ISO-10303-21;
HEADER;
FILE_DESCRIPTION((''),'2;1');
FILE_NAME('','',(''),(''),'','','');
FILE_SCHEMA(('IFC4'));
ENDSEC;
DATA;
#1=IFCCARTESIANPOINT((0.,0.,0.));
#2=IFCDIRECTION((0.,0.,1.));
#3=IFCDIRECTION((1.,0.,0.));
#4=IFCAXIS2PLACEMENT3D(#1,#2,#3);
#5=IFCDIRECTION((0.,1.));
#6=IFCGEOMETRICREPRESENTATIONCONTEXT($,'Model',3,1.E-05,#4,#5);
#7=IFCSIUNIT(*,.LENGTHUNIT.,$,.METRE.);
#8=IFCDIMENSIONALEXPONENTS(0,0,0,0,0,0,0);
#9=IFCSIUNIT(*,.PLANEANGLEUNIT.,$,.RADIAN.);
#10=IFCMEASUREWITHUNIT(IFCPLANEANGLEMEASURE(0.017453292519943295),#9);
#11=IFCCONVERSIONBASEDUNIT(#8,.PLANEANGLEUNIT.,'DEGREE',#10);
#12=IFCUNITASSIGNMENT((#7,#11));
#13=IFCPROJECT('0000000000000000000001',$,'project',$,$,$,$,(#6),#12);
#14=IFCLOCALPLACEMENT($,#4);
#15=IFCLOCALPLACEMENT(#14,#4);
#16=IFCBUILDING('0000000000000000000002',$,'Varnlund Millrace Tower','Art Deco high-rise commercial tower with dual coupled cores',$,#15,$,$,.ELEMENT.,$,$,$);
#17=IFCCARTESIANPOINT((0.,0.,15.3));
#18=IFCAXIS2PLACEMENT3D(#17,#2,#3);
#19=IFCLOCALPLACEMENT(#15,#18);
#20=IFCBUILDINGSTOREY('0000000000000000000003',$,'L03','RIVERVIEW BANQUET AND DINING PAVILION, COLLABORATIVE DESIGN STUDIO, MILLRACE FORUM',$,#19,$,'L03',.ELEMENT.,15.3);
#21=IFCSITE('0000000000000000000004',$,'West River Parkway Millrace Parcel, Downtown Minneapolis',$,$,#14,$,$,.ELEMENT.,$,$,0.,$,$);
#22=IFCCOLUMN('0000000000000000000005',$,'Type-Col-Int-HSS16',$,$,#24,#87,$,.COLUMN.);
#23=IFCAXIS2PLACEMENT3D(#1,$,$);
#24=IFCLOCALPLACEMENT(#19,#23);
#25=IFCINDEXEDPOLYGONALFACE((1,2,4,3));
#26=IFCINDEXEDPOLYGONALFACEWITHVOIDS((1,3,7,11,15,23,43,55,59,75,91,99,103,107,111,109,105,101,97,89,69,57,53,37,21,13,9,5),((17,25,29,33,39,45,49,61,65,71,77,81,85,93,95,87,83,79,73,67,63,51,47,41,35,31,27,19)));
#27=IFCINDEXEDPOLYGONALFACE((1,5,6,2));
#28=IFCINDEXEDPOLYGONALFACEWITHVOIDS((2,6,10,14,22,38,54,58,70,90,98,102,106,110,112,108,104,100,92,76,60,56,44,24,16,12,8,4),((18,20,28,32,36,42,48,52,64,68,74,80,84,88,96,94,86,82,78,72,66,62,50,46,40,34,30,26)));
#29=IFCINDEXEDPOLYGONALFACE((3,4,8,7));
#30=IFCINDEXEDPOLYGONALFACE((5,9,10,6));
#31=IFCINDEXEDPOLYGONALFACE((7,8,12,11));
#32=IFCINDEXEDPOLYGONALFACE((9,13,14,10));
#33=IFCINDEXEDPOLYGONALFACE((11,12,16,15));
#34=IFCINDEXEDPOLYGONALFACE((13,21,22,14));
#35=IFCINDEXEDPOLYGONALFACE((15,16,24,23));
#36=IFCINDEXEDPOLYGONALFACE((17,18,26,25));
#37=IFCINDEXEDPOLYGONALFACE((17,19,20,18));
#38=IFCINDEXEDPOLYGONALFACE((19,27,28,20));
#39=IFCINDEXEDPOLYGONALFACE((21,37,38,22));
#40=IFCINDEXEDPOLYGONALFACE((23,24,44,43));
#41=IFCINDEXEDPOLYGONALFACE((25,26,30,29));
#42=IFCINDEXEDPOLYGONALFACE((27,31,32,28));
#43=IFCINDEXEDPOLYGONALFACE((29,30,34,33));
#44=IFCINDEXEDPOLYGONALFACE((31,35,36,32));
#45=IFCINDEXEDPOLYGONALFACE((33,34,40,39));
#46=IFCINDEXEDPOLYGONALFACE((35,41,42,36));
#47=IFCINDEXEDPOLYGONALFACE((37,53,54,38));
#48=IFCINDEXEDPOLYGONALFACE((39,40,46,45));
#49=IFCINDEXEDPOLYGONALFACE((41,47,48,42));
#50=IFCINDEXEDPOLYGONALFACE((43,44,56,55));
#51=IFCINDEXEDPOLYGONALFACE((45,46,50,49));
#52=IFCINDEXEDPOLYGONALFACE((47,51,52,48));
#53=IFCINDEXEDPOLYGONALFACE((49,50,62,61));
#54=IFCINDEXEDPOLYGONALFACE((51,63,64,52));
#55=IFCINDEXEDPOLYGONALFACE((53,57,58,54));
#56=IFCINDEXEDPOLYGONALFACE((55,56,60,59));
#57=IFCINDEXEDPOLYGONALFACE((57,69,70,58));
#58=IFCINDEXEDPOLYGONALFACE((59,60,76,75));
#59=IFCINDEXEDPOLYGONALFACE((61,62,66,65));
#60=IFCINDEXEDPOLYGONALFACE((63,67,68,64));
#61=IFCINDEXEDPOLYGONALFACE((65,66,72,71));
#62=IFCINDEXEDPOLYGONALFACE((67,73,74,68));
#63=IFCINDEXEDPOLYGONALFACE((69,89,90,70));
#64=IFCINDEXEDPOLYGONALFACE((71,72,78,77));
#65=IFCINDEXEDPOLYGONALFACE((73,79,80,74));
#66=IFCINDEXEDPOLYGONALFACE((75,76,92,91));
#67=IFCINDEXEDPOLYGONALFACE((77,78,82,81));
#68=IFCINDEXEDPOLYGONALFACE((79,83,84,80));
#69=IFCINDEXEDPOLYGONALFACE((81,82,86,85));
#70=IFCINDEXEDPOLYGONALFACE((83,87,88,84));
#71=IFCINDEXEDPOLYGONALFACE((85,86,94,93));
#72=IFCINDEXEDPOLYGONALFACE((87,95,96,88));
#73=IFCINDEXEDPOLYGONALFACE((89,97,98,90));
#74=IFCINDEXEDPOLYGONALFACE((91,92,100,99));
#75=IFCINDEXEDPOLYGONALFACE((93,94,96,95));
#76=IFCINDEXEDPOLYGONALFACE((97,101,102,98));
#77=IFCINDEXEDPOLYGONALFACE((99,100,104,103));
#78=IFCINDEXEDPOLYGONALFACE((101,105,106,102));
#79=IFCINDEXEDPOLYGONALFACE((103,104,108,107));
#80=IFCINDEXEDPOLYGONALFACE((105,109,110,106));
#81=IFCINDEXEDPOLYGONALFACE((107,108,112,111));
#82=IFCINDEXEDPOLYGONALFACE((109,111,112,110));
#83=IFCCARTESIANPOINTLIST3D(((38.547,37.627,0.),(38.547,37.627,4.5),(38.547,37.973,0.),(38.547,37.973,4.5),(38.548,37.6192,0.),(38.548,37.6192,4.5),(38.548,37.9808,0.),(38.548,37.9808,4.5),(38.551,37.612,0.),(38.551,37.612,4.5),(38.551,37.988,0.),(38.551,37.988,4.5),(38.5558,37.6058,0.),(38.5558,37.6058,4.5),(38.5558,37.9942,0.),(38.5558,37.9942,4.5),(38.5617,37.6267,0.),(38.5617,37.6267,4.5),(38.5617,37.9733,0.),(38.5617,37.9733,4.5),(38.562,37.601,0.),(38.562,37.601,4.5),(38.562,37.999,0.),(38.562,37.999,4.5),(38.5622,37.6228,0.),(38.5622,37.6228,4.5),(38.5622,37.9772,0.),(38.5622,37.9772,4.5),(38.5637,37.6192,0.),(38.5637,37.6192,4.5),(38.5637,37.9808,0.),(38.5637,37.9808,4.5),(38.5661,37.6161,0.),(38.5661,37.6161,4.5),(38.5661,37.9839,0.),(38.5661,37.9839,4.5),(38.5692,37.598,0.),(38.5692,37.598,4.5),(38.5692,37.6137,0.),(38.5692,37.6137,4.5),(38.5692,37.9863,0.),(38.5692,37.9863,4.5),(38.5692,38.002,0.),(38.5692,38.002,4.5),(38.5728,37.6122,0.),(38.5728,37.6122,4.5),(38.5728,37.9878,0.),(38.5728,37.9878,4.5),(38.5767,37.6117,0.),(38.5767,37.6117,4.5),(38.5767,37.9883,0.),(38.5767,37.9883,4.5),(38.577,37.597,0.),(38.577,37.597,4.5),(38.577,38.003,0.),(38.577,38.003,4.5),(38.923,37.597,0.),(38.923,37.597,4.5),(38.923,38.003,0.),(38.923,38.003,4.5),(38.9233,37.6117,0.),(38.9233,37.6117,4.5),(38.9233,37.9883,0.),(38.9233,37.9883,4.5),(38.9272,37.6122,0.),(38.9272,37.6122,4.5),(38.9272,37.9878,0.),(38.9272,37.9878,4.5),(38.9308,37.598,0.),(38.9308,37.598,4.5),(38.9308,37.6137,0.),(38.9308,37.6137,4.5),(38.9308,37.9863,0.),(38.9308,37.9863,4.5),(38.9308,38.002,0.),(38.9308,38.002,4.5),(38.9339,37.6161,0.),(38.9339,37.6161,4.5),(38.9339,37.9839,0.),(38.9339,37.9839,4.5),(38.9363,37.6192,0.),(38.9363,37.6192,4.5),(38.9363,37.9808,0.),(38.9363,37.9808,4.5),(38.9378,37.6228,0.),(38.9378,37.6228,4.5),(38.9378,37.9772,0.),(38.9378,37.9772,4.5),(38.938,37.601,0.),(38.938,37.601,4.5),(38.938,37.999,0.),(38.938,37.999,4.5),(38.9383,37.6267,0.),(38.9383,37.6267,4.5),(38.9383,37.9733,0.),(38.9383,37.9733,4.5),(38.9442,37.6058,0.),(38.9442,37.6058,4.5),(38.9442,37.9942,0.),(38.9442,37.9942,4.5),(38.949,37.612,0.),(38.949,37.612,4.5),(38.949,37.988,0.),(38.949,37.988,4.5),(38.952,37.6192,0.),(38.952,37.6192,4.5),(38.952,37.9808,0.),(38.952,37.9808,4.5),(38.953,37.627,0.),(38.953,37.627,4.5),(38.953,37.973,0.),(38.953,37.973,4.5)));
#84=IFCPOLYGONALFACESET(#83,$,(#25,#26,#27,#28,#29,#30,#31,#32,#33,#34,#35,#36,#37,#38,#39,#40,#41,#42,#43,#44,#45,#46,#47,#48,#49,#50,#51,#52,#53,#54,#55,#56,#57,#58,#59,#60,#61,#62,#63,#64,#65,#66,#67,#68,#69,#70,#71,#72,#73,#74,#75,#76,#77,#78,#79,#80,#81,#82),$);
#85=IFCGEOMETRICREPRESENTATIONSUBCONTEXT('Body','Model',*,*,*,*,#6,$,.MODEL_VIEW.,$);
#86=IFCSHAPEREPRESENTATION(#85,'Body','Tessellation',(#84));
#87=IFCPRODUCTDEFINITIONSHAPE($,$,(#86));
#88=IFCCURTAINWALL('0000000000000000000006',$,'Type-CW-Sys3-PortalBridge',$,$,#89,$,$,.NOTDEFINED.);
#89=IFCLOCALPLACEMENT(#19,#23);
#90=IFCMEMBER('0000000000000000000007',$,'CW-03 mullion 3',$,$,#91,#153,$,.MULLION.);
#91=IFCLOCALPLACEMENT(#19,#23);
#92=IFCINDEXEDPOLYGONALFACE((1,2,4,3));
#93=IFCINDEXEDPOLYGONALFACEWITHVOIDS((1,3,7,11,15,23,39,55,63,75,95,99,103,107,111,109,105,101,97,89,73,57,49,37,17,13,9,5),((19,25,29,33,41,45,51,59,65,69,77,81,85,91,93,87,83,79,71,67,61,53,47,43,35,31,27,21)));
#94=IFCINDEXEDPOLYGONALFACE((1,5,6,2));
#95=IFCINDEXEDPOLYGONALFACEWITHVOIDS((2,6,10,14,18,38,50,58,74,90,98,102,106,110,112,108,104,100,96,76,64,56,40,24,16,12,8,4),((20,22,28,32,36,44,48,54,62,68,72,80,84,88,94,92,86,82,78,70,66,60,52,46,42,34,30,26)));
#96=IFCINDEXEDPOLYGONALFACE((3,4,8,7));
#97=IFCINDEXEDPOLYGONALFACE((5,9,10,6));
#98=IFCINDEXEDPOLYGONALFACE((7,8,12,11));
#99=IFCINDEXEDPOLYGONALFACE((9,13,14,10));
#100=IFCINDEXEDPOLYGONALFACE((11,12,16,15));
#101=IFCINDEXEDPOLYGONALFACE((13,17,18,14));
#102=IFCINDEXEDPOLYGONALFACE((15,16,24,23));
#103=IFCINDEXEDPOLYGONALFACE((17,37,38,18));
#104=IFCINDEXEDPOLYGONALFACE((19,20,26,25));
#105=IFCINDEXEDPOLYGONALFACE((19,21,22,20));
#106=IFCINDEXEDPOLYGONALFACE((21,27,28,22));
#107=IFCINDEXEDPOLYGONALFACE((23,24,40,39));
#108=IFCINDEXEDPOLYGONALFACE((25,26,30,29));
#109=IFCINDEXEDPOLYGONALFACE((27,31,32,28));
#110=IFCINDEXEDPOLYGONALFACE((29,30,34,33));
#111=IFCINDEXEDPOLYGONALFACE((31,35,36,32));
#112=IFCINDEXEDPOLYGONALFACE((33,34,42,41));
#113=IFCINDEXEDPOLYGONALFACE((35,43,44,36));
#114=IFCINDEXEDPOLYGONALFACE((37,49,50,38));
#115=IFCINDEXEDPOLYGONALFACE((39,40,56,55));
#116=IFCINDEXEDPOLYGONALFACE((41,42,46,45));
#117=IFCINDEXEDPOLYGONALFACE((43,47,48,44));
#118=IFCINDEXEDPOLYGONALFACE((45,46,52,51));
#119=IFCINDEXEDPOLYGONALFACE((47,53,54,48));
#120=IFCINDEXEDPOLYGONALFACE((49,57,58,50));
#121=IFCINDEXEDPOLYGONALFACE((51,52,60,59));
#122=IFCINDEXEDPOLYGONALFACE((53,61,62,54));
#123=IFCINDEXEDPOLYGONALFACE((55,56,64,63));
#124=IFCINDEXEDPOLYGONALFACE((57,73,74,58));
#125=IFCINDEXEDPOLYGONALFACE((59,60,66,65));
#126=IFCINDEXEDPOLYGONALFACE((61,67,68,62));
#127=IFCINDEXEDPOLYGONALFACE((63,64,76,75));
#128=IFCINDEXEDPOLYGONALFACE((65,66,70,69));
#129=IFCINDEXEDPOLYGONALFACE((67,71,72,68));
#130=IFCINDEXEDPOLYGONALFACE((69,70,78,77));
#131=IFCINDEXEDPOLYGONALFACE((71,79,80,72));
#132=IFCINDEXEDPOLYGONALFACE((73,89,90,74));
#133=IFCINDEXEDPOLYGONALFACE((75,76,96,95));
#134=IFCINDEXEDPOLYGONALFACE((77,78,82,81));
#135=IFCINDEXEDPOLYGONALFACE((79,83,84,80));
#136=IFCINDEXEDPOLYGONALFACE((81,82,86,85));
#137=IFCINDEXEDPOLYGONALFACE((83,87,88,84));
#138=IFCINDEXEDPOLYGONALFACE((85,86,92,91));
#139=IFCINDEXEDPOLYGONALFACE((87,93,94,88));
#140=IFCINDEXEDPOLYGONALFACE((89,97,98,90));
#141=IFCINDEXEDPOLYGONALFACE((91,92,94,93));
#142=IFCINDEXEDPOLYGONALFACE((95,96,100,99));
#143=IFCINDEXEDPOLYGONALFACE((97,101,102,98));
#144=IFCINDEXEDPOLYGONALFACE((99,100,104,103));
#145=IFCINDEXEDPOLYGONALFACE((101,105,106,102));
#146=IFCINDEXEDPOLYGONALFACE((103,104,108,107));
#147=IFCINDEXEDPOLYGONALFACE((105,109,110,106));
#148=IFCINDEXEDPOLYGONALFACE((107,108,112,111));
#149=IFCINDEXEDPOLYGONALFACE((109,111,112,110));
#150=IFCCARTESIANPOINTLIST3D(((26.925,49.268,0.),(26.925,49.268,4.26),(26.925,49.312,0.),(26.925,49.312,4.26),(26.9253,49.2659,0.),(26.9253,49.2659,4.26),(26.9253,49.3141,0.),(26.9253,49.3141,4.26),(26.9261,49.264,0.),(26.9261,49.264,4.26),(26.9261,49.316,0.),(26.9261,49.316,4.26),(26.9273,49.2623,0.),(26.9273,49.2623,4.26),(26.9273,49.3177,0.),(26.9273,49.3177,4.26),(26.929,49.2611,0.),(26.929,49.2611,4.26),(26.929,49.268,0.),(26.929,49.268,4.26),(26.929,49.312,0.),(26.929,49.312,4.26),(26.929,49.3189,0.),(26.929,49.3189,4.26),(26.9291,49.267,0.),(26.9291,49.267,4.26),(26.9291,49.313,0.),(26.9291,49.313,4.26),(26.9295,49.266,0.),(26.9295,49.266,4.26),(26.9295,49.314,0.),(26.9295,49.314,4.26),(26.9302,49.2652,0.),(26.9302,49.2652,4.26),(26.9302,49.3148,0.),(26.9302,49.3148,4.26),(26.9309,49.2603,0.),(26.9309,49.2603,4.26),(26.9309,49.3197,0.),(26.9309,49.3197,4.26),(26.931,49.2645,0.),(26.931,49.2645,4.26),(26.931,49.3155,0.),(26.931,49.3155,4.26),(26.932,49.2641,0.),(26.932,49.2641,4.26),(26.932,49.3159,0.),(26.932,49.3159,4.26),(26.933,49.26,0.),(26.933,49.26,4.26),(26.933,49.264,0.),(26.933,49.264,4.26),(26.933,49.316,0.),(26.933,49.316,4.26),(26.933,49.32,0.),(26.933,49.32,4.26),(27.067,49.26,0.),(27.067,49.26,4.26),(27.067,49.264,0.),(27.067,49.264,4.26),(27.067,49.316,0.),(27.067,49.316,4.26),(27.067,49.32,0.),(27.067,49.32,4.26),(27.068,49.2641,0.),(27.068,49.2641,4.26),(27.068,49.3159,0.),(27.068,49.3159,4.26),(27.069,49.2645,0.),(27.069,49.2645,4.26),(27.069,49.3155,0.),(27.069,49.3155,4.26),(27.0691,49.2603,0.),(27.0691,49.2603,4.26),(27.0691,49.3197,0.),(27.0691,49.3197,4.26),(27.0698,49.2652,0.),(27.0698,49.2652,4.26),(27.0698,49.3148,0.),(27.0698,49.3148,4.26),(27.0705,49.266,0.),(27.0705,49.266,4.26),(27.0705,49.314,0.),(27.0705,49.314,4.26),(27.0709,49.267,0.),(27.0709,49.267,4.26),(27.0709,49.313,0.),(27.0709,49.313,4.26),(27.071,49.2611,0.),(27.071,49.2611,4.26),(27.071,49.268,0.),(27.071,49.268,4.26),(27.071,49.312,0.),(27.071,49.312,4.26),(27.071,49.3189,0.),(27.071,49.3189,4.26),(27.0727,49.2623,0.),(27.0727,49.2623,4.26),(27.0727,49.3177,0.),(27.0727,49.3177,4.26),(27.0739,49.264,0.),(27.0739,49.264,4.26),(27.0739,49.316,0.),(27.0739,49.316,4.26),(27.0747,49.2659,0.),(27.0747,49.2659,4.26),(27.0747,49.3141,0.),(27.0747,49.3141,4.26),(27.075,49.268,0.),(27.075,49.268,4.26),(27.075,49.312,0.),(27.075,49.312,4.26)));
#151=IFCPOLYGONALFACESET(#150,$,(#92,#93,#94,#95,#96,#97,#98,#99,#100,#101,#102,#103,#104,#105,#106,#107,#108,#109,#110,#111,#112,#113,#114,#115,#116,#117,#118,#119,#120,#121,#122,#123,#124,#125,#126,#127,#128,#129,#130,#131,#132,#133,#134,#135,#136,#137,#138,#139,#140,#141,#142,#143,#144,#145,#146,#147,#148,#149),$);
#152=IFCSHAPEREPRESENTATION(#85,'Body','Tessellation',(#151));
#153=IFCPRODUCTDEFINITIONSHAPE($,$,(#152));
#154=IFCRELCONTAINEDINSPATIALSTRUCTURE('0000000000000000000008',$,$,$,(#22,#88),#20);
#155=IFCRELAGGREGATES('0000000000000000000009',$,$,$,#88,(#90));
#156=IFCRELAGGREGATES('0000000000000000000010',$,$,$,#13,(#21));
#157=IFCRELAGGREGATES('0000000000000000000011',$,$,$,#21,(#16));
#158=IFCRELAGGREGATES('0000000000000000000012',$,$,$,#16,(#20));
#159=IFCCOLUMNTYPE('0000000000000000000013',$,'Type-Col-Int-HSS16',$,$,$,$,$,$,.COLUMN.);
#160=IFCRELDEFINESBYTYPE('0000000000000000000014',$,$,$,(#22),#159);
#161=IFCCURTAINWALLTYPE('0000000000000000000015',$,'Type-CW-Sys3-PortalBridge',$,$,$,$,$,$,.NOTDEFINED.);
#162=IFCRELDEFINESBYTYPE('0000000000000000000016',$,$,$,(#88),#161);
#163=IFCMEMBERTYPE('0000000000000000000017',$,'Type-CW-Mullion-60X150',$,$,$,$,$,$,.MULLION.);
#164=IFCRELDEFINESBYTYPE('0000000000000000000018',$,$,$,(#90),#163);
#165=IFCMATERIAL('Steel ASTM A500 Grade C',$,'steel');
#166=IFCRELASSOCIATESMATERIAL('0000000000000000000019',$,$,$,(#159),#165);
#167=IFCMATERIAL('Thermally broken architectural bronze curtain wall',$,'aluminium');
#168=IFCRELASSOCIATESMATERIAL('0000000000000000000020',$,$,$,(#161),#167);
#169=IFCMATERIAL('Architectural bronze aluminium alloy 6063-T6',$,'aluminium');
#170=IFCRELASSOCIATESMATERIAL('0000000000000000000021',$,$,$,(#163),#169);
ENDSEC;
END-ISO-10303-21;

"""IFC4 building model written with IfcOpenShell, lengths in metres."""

from ifc_helpers import new_model, entity, si_unit, converted_unit, direction, frame, origin_with_axes, origin_2d_with_axis, place, context, subcontext, project, spatial, hollow_rectangle, extrude, material, material_profile, profile_set, type_object, element, aggregate, save


model = new_model("IFC4")

# Units and contexts
model_context = context("Model", 3, precision=1e-05, world=origin_with_axes(), true_north=direction((0.0, 1.0)))
body_context = subcontext(model_context, "Body", "Model", "MODEL_VIEW")
ifc_project = project(units=[si_unit("LENGTHUNIT", "METRE"), converted_unit("PLANEANGLEUNIT", "DEGREE", entity("IfcPlaneAngleMeasure", 0.017453292519943295), si_unit("PLANEANGLEUNIT", "RADIAN"), dimensions=[0, 0, 0, 0, 0, 0, 0])], contexts=[model_context])

# Site, building, storey
site_placement = place(None, origin_with_axes())
site = spatial("IfcSite", under=ifc_project, at=site_placement, Name="West River Parkway Millrace Parcel, Downtown Minneapolis", CompositionType="ELEMENT", RefElevation=0.0)
building_placement = place(site_placement, origin_with_axes())
building = spatial("IfcBuilding", under=site, at=building_placement, Name="Varnlund Millrace Tower", Description="Art Deco high-rise commercial tower with dual coupled cores", CompositionType="ELEMENT")
storey_placement = place(building_placement, frame((0.0, 0.0, 15.3), z_axis=(0.0, 0.0, 1.0), x_axis=(1.0, 0.0, 0.0)))
storey = spatial("IfcBuildingStorey", under=building, at=storey_placement, Name="L03", Description="RIVERVIEW BANQUET AND DINING PAVILION, COLLABORATIVE DESIGN STUDIO, MILLRACE FORUM", LongName="L03", CompositionType="ELEMENT", Elevation=15.3)

# Column
ifc_material_1 = material(Name="Steel ASTM A500 Grade C", Category="steel")
ifc_material_profile_1 = material_profile(ifc_material_1, hollow_rectangle(XDim=0.406, YDim=0.406, WallThickness=0.0147, InnerFilletRadius=0.015, OuterFilletRadius=0.03, at=origin_2d_with_axis()), Name="Steel ASTM A500 Grade C")
ifc_profile_set_1 = profile_set([ifc_material_profile_1], Name="Steel ASTM A500 Grade C")
column_type = type_object("IfcColumnType", Name="Type-Col-Int-HSS16", PredefinedType="COLUMN", material=ifc_profile_set_1)
column_placement = place(storey_placement, frame((38.75, 37.8, 0.0), z_axis=(0.0, 0.0, 1.0), x_axis=(1.0, 0.0, 0.0)))
element("IfcColumn", 1, at=column_placement, inside=storey, type_object=column_type, Name="Type-Col-Int-HSS16", PredefinedType="COLUMN", context=body_context, shape_type="SweptSolid", body=[
    extrude(hollow_rectangle(XDim=0.406, YDim=0.406, WallThickness=0.0147, InnerFilletRadius=0.015, OuterFilletRadius=0.03, at=origin_2d_with_axis()), origin_with_axes(), (0.0, 0.0, 1.0), 4.5),
])

# Curtain wall, member
ifc_material_2 = material(Name="Thermally broken architectural bronze curtain wall", Category="aluminium")
curtain_wall_type = type_object("IfcCurtainWallType", Name="Type-CW-Sys3-PortalBridge", PredefinedType="NOTDEFINED", material=ifc_material_2)
curtain_wall_placement = place(storey_placement, frame((24.0, 49.29, 0.0), z_axis=(0.0, 0.0, 1.0), x_axis=(1.0, 0.0, 0.0)))
curtain_wall = element("IfcCurtainWall", 2, at=curtain_wall_placement, inside=storey, type_object=curtain_wall_type, Name="Type-CW-Sys3-PortalBridge", PredefinedType="NOTDEFINED")
ifc_material_3 = material(Name="Architectural bronze aluminium alloy 6063-T6", Category="aluminium")
ifc_material_profile_2 = material_profile(ifc_material_3, hollow_rectangle(XDim=0.06, YDim=0.15, WallThickness=0.004, InnerFilletRadius=0.004, OuterFilletRadius=0.008, at=origin_2d_with_axis()), Name="Architectural bronze aluminium alloy 6063-T6")
ifc_profile_set_2 = profile_set([ifc_material_profile_2], Name="Architectural bronze aluminium alloy 6063-T6")
member_type_1 = type_object("IfcMemberType", Name="Type-CW-Mullion-60X150", PredefinedType="MULLION", material=ifc_profile_set_2)
member_1_placement = place(storey_placement, frame((27.0, 49.29, 0.0), z_axis=(0.0, 0.0, 1.0), x_axis=(0.0, 1.0, 0.0)))
member_1 = element("IfcMember", 3, at=member_1_placement, type_object=member_type_1, Name="CW-03 mullion 3", PredefinedType="MULLION", context=body_context, shape_type="SweptSolid", body=[
    extrude(hollow_rectangle(XDim=0.06, YDim=0.15, WallThickness=0.004, InnerFilletRadius=0.004, OuterFilletRadius=0.008, at=origin_2d_with_axis()), origin_with_axes(), (0.0, 0.0, 1.0), 4.26),
])
aggregate(curtain_wall, [member_1])

save(model, "model.ifc")
